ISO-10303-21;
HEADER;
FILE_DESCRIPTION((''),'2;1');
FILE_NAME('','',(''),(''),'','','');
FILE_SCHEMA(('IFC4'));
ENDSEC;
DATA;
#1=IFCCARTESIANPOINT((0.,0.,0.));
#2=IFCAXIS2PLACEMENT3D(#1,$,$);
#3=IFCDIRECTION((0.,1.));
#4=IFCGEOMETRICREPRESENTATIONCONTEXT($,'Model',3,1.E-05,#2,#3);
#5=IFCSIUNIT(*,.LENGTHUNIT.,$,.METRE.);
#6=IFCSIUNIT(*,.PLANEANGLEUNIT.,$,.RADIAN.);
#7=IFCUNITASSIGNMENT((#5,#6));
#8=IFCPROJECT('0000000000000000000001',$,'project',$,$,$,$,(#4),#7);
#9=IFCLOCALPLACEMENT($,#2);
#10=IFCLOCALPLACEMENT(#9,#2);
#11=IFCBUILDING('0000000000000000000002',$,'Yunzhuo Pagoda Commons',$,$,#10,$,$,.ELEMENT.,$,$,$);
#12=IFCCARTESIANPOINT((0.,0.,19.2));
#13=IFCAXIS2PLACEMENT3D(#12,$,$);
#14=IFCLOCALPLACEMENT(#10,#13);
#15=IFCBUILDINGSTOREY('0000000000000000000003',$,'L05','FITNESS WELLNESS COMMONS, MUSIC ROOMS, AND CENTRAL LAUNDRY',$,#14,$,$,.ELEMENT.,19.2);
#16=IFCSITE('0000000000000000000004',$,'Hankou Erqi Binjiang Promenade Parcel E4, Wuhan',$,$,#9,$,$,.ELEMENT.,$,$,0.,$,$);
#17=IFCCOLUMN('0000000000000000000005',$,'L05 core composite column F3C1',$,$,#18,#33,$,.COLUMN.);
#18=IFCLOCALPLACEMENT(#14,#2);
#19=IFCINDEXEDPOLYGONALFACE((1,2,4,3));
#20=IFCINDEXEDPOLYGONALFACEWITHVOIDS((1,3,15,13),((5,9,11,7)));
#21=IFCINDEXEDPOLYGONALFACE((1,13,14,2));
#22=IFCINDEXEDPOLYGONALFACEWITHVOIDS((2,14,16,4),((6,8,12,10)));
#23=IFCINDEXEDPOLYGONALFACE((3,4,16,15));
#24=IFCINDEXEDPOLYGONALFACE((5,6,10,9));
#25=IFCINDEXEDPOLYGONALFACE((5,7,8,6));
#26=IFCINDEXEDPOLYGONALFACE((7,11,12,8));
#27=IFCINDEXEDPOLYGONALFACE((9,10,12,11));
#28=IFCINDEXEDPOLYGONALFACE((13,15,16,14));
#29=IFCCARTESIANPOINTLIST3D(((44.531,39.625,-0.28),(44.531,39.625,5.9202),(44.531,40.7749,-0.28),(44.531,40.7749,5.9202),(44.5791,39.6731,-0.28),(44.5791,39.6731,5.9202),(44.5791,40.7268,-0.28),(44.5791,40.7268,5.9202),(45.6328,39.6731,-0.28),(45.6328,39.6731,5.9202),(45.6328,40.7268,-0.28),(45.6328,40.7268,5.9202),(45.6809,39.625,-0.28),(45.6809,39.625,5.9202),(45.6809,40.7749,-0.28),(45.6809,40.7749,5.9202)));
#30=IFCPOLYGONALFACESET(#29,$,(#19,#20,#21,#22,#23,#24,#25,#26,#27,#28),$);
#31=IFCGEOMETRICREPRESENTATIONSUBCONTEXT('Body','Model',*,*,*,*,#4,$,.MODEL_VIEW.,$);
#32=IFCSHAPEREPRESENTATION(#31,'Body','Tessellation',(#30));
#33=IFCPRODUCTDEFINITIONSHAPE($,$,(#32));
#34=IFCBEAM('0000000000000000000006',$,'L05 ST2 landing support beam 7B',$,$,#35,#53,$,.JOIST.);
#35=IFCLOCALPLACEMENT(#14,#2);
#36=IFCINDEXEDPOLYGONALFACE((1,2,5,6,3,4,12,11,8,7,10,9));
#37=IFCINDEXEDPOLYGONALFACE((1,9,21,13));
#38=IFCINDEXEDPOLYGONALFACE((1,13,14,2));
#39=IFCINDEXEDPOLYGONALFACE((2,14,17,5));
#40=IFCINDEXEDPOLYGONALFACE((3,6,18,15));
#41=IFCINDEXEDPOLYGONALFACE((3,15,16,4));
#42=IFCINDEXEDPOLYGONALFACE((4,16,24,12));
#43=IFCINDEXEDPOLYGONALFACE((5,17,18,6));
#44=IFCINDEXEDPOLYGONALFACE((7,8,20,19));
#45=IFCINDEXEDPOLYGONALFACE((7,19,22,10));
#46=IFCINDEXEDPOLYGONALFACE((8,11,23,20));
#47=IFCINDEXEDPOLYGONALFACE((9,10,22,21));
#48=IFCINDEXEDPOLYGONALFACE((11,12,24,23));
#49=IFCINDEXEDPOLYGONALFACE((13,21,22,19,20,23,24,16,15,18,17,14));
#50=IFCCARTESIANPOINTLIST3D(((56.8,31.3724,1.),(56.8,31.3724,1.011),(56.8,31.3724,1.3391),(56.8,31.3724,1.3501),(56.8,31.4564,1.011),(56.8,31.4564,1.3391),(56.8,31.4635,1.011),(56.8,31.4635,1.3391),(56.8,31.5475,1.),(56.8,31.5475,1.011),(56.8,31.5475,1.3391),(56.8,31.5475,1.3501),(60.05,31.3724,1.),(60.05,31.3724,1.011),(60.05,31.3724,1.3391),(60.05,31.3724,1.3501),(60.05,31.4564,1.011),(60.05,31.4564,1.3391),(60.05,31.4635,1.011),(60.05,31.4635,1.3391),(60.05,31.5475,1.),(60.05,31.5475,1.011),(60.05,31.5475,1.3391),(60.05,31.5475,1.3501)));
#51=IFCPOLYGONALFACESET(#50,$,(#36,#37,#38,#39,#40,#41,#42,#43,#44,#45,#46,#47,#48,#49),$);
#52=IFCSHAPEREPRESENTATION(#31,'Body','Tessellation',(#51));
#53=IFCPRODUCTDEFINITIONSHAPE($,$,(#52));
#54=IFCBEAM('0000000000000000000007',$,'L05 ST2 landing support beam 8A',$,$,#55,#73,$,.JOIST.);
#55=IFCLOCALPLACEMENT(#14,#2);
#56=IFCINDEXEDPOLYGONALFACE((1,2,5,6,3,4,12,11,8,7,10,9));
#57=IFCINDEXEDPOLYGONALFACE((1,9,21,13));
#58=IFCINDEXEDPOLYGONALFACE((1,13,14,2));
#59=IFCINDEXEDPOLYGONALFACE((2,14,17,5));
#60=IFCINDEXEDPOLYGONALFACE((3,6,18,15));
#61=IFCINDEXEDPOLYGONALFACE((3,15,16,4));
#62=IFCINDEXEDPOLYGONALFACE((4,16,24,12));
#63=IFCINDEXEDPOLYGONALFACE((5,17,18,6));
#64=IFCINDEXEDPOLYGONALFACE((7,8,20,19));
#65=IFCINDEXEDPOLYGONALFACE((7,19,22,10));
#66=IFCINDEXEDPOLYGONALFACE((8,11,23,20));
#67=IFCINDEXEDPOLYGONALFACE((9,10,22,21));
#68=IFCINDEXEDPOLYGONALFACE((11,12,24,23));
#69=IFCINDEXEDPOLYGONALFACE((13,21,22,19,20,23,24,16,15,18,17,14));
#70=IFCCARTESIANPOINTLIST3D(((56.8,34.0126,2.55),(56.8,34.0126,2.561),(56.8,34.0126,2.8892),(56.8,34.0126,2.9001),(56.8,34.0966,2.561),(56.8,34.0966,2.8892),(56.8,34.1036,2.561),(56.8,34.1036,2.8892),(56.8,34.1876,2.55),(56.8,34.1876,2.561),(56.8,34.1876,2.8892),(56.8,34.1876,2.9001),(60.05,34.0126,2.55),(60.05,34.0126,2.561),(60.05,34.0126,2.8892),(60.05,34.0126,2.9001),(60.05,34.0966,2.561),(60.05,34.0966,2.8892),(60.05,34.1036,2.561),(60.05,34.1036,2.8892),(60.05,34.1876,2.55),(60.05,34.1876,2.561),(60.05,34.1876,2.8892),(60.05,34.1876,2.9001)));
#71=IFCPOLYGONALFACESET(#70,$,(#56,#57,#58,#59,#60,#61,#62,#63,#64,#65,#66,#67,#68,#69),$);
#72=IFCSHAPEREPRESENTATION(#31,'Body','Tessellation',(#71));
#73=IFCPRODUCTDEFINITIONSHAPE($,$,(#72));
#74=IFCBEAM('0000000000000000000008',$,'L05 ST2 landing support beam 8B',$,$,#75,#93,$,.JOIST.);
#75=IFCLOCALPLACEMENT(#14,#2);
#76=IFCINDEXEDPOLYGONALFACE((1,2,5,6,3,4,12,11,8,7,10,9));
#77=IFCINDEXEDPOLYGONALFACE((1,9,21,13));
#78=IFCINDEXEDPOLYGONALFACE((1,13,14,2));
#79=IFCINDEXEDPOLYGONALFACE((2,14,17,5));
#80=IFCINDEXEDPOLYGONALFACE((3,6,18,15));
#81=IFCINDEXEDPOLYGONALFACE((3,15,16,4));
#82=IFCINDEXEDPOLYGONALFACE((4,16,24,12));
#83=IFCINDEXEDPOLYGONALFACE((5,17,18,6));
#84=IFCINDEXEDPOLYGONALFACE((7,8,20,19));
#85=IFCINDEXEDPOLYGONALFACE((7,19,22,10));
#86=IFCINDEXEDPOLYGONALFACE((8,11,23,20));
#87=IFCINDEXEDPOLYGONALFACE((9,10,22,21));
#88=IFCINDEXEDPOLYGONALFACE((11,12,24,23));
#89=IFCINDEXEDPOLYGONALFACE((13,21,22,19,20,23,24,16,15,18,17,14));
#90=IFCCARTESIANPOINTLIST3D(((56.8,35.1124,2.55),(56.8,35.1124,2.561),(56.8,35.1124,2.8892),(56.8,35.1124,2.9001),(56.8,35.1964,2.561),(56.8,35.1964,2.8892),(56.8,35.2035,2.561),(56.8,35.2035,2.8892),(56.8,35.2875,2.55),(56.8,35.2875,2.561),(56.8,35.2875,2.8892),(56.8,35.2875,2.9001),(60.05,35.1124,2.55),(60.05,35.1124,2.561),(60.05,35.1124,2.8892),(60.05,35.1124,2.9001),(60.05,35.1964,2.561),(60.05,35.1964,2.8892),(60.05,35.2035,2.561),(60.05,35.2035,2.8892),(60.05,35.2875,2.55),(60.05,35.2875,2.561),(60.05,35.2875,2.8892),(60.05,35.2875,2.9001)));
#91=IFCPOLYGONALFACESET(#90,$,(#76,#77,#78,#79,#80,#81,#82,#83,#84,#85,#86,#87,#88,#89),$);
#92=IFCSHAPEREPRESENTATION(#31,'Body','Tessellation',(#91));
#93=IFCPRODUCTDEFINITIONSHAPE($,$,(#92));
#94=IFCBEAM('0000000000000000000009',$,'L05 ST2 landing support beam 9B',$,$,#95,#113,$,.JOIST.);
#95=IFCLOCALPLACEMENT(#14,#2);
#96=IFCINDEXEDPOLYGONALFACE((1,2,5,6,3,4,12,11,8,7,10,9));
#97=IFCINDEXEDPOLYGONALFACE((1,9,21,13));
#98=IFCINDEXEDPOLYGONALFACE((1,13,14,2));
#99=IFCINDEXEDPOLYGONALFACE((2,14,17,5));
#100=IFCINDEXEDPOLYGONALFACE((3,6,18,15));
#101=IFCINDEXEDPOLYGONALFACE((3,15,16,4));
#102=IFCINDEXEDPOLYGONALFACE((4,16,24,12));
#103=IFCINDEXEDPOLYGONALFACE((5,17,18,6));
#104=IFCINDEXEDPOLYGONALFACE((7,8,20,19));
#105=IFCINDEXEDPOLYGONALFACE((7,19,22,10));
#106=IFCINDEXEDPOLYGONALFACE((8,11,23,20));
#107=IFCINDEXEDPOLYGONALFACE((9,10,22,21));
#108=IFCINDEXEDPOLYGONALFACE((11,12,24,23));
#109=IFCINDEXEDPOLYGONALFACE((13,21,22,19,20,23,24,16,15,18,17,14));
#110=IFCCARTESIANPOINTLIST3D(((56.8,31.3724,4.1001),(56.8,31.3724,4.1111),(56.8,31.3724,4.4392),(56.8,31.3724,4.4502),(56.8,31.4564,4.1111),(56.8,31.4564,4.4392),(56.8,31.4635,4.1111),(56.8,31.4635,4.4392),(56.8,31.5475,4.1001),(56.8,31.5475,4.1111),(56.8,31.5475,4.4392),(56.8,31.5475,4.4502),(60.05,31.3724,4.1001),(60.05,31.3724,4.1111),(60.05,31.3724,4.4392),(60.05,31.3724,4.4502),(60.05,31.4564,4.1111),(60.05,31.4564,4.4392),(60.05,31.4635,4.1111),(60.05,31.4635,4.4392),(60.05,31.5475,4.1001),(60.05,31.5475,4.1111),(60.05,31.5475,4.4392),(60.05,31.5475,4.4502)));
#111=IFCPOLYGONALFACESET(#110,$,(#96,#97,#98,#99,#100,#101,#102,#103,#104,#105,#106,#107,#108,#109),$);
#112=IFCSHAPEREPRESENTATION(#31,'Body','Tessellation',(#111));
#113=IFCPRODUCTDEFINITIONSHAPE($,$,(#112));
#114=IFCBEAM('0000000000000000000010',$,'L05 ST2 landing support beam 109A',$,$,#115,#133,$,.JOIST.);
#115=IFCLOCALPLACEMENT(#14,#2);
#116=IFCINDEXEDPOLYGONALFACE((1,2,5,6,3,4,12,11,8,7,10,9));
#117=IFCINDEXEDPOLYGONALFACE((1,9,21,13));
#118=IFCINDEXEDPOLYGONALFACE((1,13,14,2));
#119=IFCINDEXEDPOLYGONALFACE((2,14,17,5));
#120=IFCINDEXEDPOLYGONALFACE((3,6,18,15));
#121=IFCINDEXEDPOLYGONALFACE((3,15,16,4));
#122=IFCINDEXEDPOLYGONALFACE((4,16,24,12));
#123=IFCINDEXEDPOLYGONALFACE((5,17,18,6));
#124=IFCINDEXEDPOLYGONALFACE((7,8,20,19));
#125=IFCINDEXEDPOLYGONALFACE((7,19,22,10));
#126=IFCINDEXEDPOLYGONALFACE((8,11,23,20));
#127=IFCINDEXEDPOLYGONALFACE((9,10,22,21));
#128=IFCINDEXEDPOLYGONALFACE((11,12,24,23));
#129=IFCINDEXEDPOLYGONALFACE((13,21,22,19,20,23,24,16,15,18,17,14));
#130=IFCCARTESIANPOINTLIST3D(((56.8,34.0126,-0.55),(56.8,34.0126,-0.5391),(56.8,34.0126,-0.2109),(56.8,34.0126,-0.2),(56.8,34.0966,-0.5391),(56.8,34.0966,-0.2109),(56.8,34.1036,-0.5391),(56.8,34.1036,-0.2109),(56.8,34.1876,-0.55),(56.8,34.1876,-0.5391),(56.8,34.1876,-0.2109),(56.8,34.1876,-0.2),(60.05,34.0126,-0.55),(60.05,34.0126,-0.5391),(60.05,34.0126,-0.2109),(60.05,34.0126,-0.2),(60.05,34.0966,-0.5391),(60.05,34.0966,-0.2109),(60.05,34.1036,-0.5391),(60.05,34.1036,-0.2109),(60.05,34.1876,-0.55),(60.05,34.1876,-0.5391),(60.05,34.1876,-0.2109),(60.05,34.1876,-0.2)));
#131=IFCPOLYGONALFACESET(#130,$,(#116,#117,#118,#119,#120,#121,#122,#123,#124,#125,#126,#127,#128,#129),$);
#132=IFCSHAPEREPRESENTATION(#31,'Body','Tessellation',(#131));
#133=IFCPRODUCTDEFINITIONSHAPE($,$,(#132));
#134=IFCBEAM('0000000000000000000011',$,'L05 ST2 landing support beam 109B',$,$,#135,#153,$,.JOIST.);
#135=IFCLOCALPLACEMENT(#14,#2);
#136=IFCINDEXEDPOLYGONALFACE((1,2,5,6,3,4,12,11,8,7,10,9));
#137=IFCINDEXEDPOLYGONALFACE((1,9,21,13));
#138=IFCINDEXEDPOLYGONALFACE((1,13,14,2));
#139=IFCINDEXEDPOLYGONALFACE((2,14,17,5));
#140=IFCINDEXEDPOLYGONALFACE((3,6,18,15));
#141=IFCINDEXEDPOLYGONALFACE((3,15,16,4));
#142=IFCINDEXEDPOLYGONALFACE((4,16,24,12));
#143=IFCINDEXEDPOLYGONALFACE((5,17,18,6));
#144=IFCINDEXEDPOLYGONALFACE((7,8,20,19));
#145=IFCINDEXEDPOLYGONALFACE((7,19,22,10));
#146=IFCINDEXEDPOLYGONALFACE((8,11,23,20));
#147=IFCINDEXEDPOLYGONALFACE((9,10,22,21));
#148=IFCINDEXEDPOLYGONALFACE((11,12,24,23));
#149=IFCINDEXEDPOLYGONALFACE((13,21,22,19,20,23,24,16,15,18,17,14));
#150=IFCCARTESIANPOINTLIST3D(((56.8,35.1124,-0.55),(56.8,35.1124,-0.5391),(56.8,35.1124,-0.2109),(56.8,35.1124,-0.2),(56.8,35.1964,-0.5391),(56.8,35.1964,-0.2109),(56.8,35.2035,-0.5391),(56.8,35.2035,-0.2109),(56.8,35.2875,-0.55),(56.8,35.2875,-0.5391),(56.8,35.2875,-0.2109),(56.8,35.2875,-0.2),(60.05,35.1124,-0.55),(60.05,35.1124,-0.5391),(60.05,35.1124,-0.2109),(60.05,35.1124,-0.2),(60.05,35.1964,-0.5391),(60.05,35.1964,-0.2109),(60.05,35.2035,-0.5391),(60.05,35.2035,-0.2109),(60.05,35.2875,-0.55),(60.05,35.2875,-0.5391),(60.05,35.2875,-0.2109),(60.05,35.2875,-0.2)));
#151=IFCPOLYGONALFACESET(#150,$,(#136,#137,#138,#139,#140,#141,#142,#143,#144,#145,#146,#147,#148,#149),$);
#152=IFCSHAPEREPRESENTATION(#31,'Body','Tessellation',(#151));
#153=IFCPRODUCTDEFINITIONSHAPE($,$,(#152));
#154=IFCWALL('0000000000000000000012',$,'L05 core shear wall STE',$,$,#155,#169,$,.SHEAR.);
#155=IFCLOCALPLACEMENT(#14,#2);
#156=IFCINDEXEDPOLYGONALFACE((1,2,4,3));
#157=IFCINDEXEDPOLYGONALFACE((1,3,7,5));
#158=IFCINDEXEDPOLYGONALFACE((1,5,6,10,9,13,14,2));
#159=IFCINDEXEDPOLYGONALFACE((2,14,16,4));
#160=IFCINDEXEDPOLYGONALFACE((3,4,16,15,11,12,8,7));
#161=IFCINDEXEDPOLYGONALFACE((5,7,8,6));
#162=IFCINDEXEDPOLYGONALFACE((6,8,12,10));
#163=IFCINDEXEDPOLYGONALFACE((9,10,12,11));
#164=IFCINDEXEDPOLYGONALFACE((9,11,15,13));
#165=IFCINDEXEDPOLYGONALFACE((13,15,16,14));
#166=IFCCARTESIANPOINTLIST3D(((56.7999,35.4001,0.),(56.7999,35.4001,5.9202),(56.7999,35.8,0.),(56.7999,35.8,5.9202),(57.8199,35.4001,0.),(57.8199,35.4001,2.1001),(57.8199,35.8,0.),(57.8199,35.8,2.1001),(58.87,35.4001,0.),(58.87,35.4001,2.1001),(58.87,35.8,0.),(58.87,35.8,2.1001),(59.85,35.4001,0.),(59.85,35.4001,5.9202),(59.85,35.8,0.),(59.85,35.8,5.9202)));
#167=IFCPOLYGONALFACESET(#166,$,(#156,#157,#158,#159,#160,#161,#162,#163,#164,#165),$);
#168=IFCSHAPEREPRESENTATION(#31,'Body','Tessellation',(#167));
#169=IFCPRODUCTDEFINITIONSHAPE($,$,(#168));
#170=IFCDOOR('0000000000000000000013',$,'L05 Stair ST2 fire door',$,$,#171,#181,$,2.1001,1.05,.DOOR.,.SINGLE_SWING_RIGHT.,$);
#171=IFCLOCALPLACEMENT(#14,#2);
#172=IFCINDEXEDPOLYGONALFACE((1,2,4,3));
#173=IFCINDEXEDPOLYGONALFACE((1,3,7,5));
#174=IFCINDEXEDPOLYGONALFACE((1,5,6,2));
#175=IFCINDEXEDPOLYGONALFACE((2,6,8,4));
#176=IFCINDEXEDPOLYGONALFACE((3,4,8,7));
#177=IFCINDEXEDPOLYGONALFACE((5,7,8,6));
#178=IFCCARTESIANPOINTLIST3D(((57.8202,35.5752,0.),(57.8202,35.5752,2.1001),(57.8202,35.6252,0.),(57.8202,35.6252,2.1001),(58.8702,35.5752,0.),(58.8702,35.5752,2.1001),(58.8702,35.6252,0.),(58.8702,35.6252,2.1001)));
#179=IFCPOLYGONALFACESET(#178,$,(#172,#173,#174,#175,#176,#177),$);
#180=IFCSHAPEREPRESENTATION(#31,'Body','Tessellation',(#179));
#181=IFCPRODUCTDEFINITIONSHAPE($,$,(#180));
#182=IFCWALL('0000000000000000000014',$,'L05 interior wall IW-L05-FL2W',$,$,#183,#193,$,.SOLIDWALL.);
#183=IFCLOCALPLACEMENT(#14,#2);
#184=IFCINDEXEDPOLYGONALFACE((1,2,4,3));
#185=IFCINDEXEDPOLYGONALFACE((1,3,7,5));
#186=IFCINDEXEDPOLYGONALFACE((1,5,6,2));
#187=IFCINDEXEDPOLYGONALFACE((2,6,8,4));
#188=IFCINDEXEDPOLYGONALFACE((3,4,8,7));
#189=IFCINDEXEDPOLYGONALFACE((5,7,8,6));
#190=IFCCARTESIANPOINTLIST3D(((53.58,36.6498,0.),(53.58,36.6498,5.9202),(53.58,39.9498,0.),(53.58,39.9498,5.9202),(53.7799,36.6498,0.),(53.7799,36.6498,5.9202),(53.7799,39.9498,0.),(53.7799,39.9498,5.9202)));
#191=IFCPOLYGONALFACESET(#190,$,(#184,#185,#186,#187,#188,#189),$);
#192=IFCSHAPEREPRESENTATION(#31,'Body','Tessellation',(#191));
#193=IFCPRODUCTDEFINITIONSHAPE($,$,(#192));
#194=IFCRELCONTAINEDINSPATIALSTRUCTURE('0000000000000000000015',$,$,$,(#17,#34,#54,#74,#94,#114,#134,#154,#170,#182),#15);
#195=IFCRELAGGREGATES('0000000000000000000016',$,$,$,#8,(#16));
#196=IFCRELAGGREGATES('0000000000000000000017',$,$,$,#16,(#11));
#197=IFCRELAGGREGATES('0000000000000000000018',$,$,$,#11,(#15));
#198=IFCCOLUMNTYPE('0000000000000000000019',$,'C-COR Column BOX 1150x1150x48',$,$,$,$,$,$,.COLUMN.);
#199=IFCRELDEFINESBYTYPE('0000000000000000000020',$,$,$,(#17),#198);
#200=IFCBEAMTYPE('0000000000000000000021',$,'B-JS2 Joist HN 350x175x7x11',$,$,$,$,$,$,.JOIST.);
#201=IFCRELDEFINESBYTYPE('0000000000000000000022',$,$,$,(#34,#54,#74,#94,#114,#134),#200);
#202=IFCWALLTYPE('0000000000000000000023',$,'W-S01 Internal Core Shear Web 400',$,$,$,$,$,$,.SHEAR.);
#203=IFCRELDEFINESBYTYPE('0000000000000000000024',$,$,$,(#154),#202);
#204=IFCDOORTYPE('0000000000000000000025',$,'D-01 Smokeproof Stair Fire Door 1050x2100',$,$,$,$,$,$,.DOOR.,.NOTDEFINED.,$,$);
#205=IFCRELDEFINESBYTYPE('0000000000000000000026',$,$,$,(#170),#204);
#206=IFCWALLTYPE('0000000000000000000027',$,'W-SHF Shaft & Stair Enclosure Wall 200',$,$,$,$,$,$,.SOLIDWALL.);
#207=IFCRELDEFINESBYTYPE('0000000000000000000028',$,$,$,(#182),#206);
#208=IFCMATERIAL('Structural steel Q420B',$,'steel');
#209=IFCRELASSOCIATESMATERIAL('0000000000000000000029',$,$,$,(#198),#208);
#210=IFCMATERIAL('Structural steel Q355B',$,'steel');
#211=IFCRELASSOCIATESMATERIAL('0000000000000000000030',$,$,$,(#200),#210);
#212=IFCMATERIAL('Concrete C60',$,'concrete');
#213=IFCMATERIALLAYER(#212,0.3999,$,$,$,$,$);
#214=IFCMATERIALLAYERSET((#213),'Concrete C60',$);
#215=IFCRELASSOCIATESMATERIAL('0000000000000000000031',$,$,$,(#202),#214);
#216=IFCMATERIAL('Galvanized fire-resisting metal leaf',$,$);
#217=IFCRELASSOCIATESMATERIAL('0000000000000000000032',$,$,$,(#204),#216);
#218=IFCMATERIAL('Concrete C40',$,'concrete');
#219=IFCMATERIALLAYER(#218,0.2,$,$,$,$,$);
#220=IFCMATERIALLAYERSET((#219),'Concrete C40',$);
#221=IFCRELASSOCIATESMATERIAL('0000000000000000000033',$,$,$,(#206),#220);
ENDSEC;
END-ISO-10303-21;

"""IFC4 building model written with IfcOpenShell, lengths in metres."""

from ifc_helpers import new_model, si_unit, direction, frame, frame_2d, origin, origin_2d, place, context, subcontext, project, spatial, rectangle, hollow_rectangle, i_section, extrude, source, transform, mapped, material, layer, layer_set, material_profile, profile_set, type_object, element, fill, save


model = new_model("IFC4")

# Units and contexts
model_context = context("Model", 3, precision=1e-05, world=origin(), true_north=direction((0.0, 1.0)))
body_context = subcontext(model_context, "Body", "Model", "MODEL_VIEW")
ifc_project = project(units=[si_unit("LENGTHUNIT", "METRE"), si_unit("PLANEANGLEUNIT", "RADIAN")], contexts=[model_context])

# Site, building, storey
site_placement = place(None, origin())
site = spatial("IfcSite", under=ifc_project, at=site_placement, Name="Hankou Erqi Binjiang Promenade Parcel E4, Wuhan", CompositionType="ELEMENT", RefElevation=0.0)
building_placement = place(site_placement, origin())
building = spatial("IfcBuilding", under=site, at=building_placement, Name="Yunzhuo Pagoda Commons", CompositionType="ELEMENT")
storey_placement = place(building_placement, frame((0.0, 0.0, 19.2)))
storey = spatial("IfcBuildingStorey", under=building, at=storey_placement, Name="L05", Description="FITNESS WELLNESS COMMONS, MUSIC ROOMS, AND CENTRAL LAUNDRY", CompositionType="ELEMENT", Elevation=19.2)

# Column
ifc_material_1 = material(Name="Structural steel Q420B", Category="steel")
ifc_material_profile_1 = material_profile(ifc_material_1, hollow_rectangle(XDim=1.1499, YDim=1.1499, WallThickness=0.0481, at=origin_2d()), Name="Structural steel Q420B")
ifc_profile_set_1 = profile_set([ifc_material_profile_1], Name="Structural steel Q420B")
column_type = type_object("IfcColumnType", Name="C-COR Column BOX 1150x1150x48", PredefinedType="COLUMN", material=ifc_profile_set_1)
shared_shape_1 = source(origin(), body_context, "Body", "SweptSolid", [
    extrude(hollow_rectangle(XDim=1.1499, YDim=1.1499, WallThickness=0.0481, at=origin_2d()), origin(), (0.0, 0.0, 1.0), 6.2002),
])
column_placement = place(storey_placement, frame((45.106, 40.2, -0.28), z_axis=(0.0, 0.0, 1.0), x_axis=(1.0, 0.0, 0.0)))
element("IfcColumn", 1, at=column_placement, inside=storey, type_object=column_type, Name="L05 core composite column F3C1", PredefinedType="COLUMN", context=body_context, shape_type="MappedRepresentation", body=[
    mapped(shared_shape_1, transform((0.0, 0.0, 0.0), scale=1.0)),
])

# Beams
ifc_material_2 = material(Name="Structural steel Q355B", Category="steel")
ifc_material_profile_2 = material_profile(ifc_material_2, i_section(OverallWidth=0.175, OverallDepth=0.3501, WebThickness=0.0071, FlangeThickness=0.011, at=origin_2d()), Name="Structural steel Q355B")
ifc_profile_set_2 = profile_set([ifc_material_profile_2], Name="Structural steel Q355B")
beam_type = type_object("IfcBeamType", Name="B-JS2 Joist HN 350x175x7x11", PredefinedType="JOIST", material=ifc_profile_set_2)
shared_shape_2 = source(origin(), body_context, "Body", "SweptSolid", [
    extrude(i_section(OverallWidth=0.175, OverallDepth=0.3501, WebThickness=0.0071, FlangeThickness=0.011, at=origin_2d()), origin(), (0.0, 0.0, 1.0), 3.25),
])
for number, where, z_axis, x_axis, name in (
    (2, (56.8, 31.46, 1.175), (1.0, 0.0, 0.0), (0.0, 1.0, 0.0), "L05 ST2 landing support beam 7B"),
    (3, (56.8, 34.1001, 2.7251), (1.0, 0.0, 0.0), (0.0, 1.0, 0.0), "L05 ST2 landing support beam 8A"),
    (4, (56.8, 35.2, 2.7251), (1.0, 0.0, 0.0), (0.0, 1.0, 0.0), "L05 ST2 landing support beam 8B"),
    (5, (56.8, 31.46, 4.2751), (1.0, 0.0, 0.0), (0.0, 1.0, 0.0), "L05 ST2 landing support beam 9B"),
    (6, (56.8, 34.1001, -0.375), (1.0, 0.0, 0.0), (0.0, 1.0, 0.0), "L05 ST2 landing support beam 109A"),
    (7, (56.8, 35.2, -0.375), (1.0, 0.0, 0.0), (0.0, 1.0, 0.0), "L05 ST2 landing support beam 109B"),
):
    element("IfcBeam", number, at=place(storey_placement, frame(where, z_axis=z_axis, x_axis=x_axis)), inside=storey, type_object=beam_type, Name=name, PredefinedType="JOIST", context=body_context, shape_type="MappedRepresentation", body=[
        mapped(shared_shape_2, transform((0.0, 0.0, 0.0), scale=1.0)),
    ])

# Wall, opening, door
ifc_material_3 = material(Name="Concrete C60", Category="concrete")
ifc_layer_1 = layer(ifc_material_3, 0.3999)
ifc_layer_set_1 = layer_set([ifc_layer_1], Name="Concrete C60")
wall_type_1 = type_object("IfcWallType", Name="W-S01 Internal Core Shear Web 400", PredefinedType="SHEAR", material=ifc_layer_set_1)
wall_1_placement = place(storey_placement, frame((56.8, 35.6001, 0.0), z_axis=(0.0, 0.0, 1.0), x_axis=(1.0, 0.0, 0.0)))
wall_1 = element("IfcWall", 8, at=wall_1_placement, inside=storey, type_object=wall_type_1, Name="L05 core shear wall STE", PredefinedType="SHEAR", context=body_context, shape_type="SweptSolid", body=[
    extrude(rectangle(XDim=3.05, YDim=0.3999, at=frame_2d((1.5249, 0.0))), origin(), (0.0, 0.0, 1.0), 5.9202),
])
opening_1_placement = place(wall_1_placement, frame((1.02, 0.0, 0.0)))
opening_1 = element("IfcOpeningElement", 9, at=opening_1_placement, cuts=wall_1, PredefinedType="OPENING", context=body_context, shape_type="SweptSolid", body=[
    extrude(rectangle(XDim=1.05, YDim=2.1001, at=frame_2d((0.5249, 1.05))), frame((0.0, 0.21, 0.0), z_axis=(0.0, -1.0, 0.0), x_axis=(1.0, 0.0, 0.0)), (0.0, 0.0, 1.0), 0.4199),
])
ifc_material_4 = material(Name="Galvanized fire-resisting metal leaf")
door_type_1 = type_object("IfcDoorType", Name="D-01 Smokeproof Stair Fire Door 1050x2100", OperationType="NOTDEFINED", PredefinedType="DOOR", material=ifc_material_4)
shared_shape_3 = source(origin(), body_context, "Body", "SweptSolid", [
    extrude(rectangle(XDim=1.05, YDim=2.1001, at=frame_2d((0.5249, 1.05))), frame((0.0, 0.0249, 0.0), z_axis=(0.0, -1.0, 0.0), x_axis=(1.0, 0.0, 0.0)), (0.0, 0.0, 1.0), 0.05),
])
door_1_placement = place(opening_1_placement, frame((1.05, 0.0, 0.0), z_axis=(0.0, 0.0, 1.0), x_axis=(-1.0, 0.0, 0.0)))
door_1 = element("IfcDoor", 10, at=door_1_placement, inside=storey, type_object=door_type_1, Name="L05 Stair ST2 fire door", OperationType="SINGLE_SWING_RIGHT", OverallHeight=2.1001, OverallWidth=1.05, PredefinedType="DOOR", context=body_context, shape_type="MappedRepresentation", body=[
    mapped(shared_shape_3, transform((0.0, 0.0, 0.0), scale=1.0)),
])
fill(opening_1, door_1)

# Wall
ifc_material_5 = material(Name="Concrete C40", Category="concrete")
ifc_layer_2 = layer(ifc_material_5, 0.2)
ifc_layer_set_2 = layer_set([ifc_layer_2], Name="Concrete C40")
wall_type_2 = type_object("IfcWallType", Name="W-SHF Shaft & Stair Enclosure Wall 200", PredefinedType="SOLIDWALL", material=ifc_layer_set_2)
wall_2_placement = place(storey_placement, frame((53.6799, 36.6499, 0.0), z_axis=(0.0, 0.0, 1.0), x_axis=(0.0, 1.0, 0.0)))
element("IfcWall", 11, at=wall_2_placement, inside=storey, type_object=wall_type_2, Name="L05 interior wall IW-L05-FL2W", PredefinedType="SOLIDWALL", context=body_context, shape_type="SweptSolid", body=[
    extrude(rectangle(XDim=3.3, YDim=0.2, at=frame_2d((1.6499, 0.0))), origin(), (0.0, 0.0, 1.0), 5.9202),
])

save(model, "model.ifc")
